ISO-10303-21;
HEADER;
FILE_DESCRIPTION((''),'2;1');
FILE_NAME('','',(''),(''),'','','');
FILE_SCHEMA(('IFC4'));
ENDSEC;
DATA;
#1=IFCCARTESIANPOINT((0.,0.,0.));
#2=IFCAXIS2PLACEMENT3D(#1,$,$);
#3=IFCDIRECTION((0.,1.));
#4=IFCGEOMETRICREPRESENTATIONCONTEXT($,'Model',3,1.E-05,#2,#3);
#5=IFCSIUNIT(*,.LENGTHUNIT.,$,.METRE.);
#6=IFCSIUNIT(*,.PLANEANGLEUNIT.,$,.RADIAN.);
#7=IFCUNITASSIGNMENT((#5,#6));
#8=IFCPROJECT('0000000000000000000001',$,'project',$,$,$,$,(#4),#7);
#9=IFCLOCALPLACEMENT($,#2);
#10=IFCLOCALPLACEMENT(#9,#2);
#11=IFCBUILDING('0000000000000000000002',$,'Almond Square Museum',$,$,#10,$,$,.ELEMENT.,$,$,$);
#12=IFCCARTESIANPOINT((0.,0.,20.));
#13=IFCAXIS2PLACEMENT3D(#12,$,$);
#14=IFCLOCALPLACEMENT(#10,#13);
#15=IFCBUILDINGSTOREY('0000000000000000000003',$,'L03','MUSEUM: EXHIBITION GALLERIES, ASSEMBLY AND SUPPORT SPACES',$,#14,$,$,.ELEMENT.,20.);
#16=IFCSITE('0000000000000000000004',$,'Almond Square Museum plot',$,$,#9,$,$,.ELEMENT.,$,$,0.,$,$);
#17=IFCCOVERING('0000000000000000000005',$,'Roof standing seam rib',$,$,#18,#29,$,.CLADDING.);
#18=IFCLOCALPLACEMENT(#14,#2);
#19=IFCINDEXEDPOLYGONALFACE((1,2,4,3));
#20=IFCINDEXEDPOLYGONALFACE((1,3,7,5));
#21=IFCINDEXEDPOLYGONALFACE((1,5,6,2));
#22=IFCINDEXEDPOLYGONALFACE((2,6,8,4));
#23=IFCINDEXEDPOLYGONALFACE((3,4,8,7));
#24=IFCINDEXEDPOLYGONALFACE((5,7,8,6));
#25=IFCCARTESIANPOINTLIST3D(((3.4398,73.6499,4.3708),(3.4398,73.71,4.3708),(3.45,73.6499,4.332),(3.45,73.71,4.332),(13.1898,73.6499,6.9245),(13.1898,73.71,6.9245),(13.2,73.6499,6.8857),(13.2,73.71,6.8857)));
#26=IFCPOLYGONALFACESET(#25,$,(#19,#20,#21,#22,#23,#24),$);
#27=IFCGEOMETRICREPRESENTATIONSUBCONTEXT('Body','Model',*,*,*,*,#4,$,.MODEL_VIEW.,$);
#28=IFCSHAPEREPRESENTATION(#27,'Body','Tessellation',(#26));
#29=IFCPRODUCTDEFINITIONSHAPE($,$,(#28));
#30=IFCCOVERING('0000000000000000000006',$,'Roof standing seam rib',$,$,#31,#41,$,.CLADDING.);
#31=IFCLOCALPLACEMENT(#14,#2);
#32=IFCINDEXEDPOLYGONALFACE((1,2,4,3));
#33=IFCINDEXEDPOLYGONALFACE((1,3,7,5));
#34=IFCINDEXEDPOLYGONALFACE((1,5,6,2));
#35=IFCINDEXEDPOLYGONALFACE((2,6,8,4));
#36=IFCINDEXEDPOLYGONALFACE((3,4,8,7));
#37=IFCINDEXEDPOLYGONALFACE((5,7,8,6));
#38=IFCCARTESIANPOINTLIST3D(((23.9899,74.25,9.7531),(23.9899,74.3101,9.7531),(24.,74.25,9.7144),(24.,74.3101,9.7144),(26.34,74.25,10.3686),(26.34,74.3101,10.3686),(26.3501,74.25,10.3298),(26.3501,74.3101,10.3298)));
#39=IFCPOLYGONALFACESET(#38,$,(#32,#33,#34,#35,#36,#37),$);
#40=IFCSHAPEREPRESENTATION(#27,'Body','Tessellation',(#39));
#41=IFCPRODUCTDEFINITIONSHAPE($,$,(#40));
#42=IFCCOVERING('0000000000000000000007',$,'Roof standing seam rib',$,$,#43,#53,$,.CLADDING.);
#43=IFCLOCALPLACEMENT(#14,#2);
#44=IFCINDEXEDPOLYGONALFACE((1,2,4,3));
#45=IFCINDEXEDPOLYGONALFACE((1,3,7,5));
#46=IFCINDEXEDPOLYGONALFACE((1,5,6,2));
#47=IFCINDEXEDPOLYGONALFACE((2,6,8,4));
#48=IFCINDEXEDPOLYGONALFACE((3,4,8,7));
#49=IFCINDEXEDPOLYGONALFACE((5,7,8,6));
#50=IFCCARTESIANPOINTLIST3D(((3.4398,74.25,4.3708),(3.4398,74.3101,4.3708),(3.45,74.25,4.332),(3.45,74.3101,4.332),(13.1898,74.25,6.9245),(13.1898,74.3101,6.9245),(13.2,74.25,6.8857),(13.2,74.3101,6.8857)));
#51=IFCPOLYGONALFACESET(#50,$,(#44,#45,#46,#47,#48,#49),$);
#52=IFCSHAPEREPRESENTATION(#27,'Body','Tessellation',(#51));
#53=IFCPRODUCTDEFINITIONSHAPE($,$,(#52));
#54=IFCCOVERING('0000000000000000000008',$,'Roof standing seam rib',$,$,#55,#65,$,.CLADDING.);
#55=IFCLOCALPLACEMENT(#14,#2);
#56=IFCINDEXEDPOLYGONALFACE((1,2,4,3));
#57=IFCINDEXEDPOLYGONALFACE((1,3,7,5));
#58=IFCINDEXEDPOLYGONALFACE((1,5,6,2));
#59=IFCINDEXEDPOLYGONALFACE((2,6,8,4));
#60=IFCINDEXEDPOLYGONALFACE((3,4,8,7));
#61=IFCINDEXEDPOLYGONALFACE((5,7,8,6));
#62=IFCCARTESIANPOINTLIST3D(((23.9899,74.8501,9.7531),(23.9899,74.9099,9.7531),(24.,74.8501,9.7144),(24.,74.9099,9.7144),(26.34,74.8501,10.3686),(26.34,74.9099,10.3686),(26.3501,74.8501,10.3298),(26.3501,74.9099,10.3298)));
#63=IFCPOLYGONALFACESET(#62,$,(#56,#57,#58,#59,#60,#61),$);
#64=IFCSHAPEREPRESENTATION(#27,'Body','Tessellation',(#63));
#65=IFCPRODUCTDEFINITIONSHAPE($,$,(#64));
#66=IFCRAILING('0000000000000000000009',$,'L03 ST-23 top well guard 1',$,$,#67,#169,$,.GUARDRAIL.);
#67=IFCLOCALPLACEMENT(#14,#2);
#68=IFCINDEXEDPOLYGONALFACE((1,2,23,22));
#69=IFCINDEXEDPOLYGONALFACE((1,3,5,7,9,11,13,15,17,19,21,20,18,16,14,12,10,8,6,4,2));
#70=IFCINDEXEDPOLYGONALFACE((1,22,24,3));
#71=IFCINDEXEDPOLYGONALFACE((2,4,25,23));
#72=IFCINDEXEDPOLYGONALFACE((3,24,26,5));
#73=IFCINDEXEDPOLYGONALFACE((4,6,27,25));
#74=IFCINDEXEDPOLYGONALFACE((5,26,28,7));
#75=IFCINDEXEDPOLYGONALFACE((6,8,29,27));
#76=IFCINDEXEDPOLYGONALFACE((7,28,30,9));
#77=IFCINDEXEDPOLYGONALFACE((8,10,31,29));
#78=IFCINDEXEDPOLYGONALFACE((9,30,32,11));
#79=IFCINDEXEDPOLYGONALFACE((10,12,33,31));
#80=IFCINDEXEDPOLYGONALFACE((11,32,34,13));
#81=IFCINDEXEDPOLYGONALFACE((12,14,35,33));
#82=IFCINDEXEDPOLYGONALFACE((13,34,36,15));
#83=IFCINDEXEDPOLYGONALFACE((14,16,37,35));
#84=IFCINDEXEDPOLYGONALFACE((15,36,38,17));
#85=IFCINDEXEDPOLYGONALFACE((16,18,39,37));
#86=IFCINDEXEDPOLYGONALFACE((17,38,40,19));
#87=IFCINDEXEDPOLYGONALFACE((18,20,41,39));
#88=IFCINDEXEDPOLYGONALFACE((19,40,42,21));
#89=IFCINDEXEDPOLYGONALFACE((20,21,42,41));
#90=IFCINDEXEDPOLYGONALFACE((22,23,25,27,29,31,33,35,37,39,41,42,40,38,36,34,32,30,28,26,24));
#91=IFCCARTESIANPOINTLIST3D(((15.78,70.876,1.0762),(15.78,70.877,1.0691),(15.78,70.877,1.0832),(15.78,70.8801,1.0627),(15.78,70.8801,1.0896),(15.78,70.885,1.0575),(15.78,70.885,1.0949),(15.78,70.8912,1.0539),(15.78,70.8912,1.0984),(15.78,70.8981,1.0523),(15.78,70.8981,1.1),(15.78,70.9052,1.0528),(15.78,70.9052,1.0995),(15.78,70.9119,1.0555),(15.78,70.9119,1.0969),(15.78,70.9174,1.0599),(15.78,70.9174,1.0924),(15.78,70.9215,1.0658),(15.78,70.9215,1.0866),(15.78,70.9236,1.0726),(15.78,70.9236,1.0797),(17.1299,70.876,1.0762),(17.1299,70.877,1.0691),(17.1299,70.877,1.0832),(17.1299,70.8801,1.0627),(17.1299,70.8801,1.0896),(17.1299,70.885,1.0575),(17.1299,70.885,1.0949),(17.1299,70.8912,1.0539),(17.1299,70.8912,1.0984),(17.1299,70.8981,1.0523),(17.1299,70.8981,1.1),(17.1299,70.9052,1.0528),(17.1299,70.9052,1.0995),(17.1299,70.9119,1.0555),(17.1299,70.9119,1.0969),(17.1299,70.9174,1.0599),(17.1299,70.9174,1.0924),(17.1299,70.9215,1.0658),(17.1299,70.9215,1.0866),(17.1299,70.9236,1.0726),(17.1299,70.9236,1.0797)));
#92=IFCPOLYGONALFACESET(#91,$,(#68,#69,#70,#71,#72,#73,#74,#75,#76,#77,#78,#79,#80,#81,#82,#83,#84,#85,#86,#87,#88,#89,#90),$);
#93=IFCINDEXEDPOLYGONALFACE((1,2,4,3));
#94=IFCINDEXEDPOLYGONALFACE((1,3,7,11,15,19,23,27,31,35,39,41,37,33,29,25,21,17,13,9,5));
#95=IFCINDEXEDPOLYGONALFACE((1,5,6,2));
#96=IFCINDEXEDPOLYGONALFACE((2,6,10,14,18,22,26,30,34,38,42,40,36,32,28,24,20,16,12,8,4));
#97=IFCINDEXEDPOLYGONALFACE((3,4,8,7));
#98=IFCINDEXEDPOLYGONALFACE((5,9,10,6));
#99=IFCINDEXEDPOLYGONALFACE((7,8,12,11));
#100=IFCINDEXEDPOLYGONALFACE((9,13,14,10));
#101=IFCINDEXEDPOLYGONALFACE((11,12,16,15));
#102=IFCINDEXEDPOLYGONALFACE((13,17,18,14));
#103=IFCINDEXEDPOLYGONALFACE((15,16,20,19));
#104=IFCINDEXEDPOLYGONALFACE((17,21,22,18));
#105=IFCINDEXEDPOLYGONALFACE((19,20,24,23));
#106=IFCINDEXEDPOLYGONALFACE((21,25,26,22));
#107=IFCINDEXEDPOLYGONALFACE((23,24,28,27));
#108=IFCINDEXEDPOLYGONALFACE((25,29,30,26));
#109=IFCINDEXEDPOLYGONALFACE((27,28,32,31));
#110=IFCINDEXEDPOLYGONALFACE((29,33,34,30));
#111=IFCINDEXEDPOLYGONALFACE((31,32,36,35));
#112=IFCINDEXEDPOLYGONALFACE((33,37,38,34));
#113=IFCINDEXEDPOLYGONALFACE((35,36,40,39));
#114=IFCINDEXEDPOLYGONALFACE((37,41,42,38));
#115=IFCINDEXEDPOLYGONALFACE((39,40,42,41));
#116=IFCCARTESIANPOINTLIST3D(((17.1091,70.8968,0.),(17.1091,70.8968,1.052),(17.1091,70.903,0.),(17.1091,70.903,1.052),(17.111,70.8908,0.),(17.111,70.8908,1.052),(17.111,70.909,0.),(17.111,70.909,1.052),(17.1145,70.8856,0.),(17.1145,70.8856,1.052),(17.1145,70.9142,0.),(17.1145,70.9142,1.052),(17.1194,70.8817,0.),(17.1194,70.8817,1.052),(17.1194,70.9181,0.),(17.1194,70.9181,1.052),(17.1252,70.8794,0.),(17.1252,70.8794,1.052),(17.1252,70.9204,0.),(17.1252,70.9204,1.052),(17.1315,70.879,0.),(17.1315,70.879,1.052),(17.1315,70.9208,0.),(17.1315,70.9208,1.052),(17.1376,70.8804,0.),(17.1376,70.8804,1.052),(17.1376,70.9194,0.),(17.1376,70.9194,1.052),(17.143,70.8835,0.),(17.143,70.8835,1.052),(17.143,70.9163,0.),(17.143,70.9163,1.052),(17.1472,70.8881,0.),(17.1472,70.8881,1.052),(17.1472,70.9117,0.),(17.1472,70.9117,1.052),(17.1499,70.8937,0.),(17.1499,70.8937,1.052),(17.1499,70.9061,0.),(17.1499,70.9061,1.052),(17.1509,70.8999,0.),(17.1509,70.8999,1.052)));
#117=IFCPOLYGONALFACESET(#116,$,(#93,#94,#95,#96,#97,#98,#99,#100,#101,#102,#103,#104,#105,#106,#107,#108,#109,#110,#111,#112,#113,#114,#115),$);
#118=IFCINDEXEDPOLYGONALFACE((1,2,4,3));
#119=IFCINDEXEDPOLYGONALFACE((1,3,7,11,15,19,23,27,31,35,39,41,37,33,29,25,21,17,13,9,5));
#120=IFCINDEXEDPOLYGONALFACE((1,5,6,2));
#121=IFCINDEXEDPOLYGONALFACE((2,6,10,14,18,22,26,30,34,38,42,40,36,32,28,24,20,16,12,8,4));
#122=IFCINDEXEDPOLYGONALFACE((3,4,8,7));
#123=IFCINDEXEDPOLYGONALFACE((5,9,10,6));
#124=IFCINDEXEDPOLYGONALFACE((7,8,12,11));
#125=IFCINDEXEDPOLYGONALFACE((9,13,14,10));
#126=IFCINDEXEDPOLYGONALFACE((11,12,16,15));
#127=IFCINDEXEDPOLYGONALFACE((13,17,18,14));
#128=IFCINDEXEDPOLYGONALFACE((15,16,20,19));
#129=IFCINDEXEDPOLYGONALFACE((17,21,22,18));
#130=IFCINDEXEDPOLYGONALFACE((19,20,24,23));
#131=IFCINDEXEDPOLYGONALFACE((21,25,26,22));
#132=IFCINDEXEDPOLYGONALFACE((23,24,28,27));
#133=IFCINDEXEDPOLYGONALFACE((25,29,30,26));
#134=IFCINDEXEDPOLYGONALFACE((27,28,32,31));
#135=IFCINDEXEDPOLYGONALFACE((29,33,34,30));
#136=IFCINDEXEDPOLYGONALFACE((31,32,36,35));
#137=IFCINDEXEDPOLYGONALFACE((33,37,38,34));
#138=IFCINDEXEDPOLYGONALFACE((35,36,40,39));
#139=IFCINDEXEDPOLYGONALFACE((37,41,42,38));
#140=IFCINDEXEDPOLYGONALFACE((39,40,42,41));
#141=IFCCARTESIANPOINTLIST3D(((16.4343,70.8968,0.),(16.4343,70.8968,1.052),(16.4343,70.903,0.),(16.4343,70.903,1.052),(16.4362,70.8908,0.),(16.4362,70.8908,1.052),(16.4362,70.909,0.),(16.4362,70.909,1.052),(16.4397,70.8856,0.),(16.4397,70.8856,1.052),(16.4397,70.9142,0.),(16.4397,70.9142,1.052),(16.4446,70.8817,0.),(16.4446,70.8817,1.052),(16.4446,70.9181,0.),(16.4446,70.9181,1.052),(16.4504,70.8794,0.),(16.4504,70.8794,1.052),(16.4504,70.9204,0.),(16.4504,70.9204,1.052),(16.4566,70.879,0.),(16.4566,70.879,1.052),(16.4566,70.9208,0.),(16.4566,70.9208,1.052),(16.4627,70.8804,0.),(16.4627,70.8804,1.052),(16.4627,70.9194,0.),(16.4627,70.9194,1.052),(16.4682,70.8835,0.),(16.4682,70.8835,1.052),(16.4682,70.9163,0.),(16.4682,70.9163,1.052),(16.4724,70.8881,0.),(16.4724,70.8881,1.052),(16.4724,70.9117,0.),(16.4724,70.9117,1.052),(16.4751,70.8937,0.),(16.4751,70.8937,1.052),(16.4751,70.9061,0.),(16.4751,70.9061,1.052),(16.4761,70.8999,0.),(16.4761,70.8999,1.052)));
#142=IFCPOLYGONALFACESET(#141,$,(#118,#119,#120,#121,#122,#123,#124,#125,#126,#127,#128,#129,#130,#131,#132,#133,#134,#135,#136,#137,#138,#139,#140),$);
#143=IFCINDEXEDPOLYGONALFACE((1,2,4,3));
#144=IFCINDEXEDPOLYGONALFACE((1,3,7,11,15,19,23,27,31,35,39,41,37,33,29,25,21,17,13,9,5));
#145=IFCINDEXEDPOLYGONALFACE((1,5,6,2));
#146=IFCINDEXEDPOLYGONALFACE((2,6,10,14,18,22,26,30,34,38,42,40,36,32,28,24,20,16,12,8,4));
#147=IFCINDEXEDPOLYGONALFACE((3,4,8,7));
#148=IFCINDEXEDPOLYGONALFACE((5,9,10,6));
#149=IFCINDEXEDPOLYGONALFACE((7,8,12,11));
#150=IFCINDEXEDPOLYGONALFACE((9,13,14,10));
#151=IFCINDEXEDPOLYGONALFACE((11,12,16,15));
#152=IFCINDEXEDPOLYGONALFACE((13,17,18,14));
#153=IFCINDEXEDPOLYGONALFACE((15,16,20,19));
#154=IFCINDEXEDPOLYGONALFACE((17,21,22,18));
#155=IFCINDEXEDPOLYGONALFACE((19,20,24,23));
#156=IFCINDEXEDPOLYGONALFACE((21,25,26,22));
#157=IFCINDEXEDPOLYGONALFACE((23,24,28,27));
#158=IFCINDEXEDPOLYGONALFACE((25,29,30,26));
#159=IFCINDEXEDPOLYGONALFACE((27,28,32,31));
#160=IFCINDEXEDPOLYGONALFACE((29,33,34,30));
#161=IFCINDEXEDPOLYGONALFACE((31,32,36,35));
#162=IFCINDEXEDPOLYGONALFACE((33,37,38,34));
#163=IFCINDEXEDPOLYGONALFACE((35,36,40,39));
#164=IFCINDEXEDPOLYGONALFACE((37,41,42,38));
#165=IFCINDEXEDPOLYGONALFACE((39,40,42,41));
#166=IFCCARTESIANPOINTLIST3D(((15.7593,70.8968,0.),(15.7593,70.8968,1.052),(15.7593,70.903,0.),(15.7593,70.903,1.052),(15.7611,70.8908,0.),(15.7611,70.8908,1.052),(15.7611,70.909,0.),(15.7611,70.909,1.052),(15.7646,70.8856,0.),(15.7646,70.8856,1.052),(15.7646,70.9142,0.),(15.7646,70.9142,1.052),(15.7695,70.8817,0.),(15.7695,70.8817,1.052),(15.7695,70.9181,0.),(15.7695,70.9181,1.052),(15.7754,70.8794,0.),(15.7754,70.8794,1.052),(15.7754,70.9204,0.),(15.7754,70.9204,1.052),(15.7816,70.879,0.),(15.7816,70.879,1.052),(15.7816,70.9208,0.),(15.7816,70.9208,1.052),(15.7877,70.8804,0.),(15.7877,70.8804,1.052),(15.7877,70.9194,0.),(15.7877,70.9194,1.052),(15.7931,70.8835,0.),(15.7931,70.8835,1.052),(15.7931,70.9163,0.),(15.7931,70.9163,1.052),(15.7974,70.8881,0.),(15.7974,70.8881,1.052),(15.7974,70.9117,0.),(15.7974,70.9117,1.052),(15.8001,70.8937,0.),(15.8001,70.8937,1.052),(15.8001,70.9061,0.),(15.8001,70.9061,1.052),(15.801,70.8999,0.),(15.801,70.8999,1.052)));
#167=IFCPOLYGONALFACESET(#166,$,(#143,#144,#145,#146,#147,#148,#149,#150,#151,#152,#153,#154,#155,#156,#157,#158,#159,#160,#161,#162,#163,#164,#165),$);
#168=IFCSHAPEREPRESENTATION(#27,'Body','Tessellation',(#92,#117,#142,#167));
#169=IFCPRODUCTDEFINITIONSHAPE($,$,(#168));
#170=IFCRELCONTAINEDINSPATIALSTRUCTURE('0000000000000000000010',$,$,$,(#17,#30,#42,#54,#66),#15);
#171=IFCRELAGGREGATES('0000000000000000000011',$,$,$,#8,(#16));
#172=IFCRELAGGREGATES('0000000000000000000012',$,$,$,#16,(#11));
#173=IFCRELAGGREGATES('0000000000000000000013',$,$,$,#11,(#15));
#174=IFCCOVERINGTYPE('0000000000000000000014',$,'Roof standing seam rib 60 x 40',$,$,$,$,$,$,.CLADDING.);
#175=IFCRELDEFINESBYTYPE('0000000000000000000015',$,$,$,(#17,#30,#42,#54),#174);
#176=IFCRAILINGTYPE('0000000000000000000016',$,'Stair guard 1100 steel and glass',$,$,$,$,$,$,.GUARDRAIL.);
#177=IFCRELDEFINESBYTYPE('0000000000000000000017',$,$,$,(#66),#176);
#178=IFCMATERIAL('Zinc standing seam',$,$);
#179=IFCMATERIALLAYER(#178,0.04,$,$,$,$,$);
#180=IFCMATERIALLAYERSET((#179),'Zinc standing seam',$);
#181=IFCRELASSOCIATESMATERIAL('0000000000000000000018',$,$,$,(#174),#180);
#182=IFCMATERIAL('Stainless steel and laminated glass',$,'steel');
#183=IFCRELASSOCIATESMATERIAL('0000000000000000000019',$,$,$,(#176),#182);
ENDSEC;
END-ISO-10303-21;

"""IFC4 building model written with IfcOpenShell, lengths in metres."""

from ifc_helpers import new_model, si_unit, direction, frame, origin, origin_2d, place, context, subcontext, project, spatial, polyline, circle, outline, extrude, material, layer, layer_set, type_object, element, save


model = new_model("IFC4")

# Units and contexts
model_context = context("Model", 3, precision=1e-05, world=origin(), true_north=direction((0.0, 1.0)))
body_context = subcontext(model_context, "Body", "Model", "MODEL_VIEW")
ifc_project = project(units=[si_unit("LENGTHUNIT", "METRE"), si_unit("PLANEANGLEUNIT", "RADIAN")], contexts=[model_context])

# Site, building, storey
site_placement = place(None, origin())
site = spatial("IfcSite", under=ifc_project, at=site_placement, Name="Almond Square Museum plot", CompositionType="ELEMENT", RefElevation=0.0)
building_placement = place(site_placement, origin())
building = spatial("IfcBuilding", under=site, at=building_placement, Name="Almond Square Museum", CompositionType="ELEMENT")
storey_placement = place(building_placement, frame((0.0, 0.0, 20.0)))
storey = spatial("IfcBuildingStorey", under=building, at=storey_placement, Name="L03", Description="MUSEUM: EXHIBITION GALLERIES, ASSEMBLY AND SUPPORT SPACES", CompositionType="ELEMENT", Elevation=20.0)

# Coverings
ifc_material_1 = material(Name="Zinc standing seam")
ifc_layer_1 = layer(ifc_material_1, 0.04)
ifc_layer_set_1 = layer_set([ifc_layer_1], Name="Zinc standing seam")
covering_type = type_object("IfcCoveringType", Name="Roof standing seam rib 60 x 40", PredefinedType="CLADDING", material=ifc_layer_set_1)
covering_1_placement = place(storey_placement, frame((13.2, 73.6499, 6.8857), z_axis=(-0.253372, 0.0, 0.967369), x_axis=(0.0, 1.0, 0.0)))
element("IfcCovering", 1, at=covering_1_placement, inside=storey, type_object=covering_type, Name="Roof standing seam rib", PredefinedType="CLADDING", context=body_context, shape_type="SweptSolid", body=[
    extrude(outline(polyline([(0.0, 0.0), (0.0601, 0.0), (0.0601, 10.0789), (0.0, 10.0789), (0.0, 0.0)])), origin(), (0.0, 0.0, 1.0), 0.04),
])
covering_2_placement = place(storey_placement, frame((26.3501, 74.3101, 10.3298), z_axis=(-0.25335, 0.0, 0.967375), x_axis=(-0.967375, 0.0, -0.25335)))
element("IfcCovering", 2, at=covering_2_placement, inside=storey, type_object=covering_type, Name="Roof standing seam rib", PredefinedType="CLADDING", context=body_context, shape_type="SweptSolid", body=[
    extrude(outline(polyline([(0.0, 0.0), (2.4294, 0.0), (2.4294, 0.0601), (0.0, 0.0601), (0.0, 0.0)])), origin(), (0.0, 0.0, 1.0), 0.04),
])
covering_3_placement = place(storey_placement, frame((13.2, 74.25, 6.8857), z_axis=(-0.253372, 0.0, 0.967369), x_axis=(0.0, 1.0, 0.0)))
element("IfcCovering", 3, at=covering_3_placement, inside=storey, type_object=covering_type, Name="Roof standing seam rib", PredefinedType="CLADDING", context=body_context, shape_type="SweptSolid", body=[
    extrude(outline(polyline([(0.0, 0.0), (0.0601, 0.0), (0.0601, 10.0789), (0.0, 10.0789), (0.0, 0.0)])), origin(), (0.0, 0.0, 1.0), 0.04),
])
covering_4_placement = place(storey_placement, frame((26.3501, 74.9099, 10.3298), z_axis=(-0.25335, 0.0, 0.967375), x_axis=(-0.967375, 0.0, -0.25335)))
element("IfcCovering", 4, at=covering_4_placement, inside=storey, type_object=covering_type, Name="Roof standing seam rib", PredefinedType="CLADDING", context=body_context, shape_type="SweptSolid", body=[
    extrude(outline(polyline([(0.0, 0.0), (2.4294, 0.0), (2.4294, 0.0598), (0.0, 0.0598), (0.0, 0.0)])), origin(), (0.0, 0.0, 1.0), 0.04),
])

# Railing
ifc_material_2 = material(Name="Stainless steel and laminated glass", Category="steel")
railing_type = type_object("IfcRailingType", Name="Stair guard 1100 steel and glass", PredefinedType="GUARDRAIL", material=ifc_material_2)
for number, where, name in (
    (5, (17.1299, 70.8999, 0.0), "L03 ST-23 top well guard 1"),
):
    element("IfcRailing", number, at=place(storey_placement, frame(where)), inside=storey, type_object=railing_type, Name=name, PredefinedType="GUARDRAIL", context=body_context, shape_type="SweptSolid", body=[
        extrude(circle(Radius=0.0239, at=origin_2d()), frame((0.0, 0.0, 1.0762), z_axis=(-1.0, 0.0, 0.0), x_axis=(0.0, -1.0, 0.0)), (0.0, 0.0, 1.0), 1.3499),
        extrude(circle(Radius=0.021, at=origin_2d()), origin(), (0.0, 0.0, 1.0), 1.052),
        extrude(circle(Radius=0.021, at=origin_2d()), frame((-0.6748, 0.0, 0.0)), (0.0, 0.0, 1.0), 1.052),
        extrude(circle(Radius=0.021, at=origin_2d()), frame((-1.3499, 0.0, 0.0)), (0.0, 0.0, 1.0), 1.052),
    ])

save(model, "model.ifc")
